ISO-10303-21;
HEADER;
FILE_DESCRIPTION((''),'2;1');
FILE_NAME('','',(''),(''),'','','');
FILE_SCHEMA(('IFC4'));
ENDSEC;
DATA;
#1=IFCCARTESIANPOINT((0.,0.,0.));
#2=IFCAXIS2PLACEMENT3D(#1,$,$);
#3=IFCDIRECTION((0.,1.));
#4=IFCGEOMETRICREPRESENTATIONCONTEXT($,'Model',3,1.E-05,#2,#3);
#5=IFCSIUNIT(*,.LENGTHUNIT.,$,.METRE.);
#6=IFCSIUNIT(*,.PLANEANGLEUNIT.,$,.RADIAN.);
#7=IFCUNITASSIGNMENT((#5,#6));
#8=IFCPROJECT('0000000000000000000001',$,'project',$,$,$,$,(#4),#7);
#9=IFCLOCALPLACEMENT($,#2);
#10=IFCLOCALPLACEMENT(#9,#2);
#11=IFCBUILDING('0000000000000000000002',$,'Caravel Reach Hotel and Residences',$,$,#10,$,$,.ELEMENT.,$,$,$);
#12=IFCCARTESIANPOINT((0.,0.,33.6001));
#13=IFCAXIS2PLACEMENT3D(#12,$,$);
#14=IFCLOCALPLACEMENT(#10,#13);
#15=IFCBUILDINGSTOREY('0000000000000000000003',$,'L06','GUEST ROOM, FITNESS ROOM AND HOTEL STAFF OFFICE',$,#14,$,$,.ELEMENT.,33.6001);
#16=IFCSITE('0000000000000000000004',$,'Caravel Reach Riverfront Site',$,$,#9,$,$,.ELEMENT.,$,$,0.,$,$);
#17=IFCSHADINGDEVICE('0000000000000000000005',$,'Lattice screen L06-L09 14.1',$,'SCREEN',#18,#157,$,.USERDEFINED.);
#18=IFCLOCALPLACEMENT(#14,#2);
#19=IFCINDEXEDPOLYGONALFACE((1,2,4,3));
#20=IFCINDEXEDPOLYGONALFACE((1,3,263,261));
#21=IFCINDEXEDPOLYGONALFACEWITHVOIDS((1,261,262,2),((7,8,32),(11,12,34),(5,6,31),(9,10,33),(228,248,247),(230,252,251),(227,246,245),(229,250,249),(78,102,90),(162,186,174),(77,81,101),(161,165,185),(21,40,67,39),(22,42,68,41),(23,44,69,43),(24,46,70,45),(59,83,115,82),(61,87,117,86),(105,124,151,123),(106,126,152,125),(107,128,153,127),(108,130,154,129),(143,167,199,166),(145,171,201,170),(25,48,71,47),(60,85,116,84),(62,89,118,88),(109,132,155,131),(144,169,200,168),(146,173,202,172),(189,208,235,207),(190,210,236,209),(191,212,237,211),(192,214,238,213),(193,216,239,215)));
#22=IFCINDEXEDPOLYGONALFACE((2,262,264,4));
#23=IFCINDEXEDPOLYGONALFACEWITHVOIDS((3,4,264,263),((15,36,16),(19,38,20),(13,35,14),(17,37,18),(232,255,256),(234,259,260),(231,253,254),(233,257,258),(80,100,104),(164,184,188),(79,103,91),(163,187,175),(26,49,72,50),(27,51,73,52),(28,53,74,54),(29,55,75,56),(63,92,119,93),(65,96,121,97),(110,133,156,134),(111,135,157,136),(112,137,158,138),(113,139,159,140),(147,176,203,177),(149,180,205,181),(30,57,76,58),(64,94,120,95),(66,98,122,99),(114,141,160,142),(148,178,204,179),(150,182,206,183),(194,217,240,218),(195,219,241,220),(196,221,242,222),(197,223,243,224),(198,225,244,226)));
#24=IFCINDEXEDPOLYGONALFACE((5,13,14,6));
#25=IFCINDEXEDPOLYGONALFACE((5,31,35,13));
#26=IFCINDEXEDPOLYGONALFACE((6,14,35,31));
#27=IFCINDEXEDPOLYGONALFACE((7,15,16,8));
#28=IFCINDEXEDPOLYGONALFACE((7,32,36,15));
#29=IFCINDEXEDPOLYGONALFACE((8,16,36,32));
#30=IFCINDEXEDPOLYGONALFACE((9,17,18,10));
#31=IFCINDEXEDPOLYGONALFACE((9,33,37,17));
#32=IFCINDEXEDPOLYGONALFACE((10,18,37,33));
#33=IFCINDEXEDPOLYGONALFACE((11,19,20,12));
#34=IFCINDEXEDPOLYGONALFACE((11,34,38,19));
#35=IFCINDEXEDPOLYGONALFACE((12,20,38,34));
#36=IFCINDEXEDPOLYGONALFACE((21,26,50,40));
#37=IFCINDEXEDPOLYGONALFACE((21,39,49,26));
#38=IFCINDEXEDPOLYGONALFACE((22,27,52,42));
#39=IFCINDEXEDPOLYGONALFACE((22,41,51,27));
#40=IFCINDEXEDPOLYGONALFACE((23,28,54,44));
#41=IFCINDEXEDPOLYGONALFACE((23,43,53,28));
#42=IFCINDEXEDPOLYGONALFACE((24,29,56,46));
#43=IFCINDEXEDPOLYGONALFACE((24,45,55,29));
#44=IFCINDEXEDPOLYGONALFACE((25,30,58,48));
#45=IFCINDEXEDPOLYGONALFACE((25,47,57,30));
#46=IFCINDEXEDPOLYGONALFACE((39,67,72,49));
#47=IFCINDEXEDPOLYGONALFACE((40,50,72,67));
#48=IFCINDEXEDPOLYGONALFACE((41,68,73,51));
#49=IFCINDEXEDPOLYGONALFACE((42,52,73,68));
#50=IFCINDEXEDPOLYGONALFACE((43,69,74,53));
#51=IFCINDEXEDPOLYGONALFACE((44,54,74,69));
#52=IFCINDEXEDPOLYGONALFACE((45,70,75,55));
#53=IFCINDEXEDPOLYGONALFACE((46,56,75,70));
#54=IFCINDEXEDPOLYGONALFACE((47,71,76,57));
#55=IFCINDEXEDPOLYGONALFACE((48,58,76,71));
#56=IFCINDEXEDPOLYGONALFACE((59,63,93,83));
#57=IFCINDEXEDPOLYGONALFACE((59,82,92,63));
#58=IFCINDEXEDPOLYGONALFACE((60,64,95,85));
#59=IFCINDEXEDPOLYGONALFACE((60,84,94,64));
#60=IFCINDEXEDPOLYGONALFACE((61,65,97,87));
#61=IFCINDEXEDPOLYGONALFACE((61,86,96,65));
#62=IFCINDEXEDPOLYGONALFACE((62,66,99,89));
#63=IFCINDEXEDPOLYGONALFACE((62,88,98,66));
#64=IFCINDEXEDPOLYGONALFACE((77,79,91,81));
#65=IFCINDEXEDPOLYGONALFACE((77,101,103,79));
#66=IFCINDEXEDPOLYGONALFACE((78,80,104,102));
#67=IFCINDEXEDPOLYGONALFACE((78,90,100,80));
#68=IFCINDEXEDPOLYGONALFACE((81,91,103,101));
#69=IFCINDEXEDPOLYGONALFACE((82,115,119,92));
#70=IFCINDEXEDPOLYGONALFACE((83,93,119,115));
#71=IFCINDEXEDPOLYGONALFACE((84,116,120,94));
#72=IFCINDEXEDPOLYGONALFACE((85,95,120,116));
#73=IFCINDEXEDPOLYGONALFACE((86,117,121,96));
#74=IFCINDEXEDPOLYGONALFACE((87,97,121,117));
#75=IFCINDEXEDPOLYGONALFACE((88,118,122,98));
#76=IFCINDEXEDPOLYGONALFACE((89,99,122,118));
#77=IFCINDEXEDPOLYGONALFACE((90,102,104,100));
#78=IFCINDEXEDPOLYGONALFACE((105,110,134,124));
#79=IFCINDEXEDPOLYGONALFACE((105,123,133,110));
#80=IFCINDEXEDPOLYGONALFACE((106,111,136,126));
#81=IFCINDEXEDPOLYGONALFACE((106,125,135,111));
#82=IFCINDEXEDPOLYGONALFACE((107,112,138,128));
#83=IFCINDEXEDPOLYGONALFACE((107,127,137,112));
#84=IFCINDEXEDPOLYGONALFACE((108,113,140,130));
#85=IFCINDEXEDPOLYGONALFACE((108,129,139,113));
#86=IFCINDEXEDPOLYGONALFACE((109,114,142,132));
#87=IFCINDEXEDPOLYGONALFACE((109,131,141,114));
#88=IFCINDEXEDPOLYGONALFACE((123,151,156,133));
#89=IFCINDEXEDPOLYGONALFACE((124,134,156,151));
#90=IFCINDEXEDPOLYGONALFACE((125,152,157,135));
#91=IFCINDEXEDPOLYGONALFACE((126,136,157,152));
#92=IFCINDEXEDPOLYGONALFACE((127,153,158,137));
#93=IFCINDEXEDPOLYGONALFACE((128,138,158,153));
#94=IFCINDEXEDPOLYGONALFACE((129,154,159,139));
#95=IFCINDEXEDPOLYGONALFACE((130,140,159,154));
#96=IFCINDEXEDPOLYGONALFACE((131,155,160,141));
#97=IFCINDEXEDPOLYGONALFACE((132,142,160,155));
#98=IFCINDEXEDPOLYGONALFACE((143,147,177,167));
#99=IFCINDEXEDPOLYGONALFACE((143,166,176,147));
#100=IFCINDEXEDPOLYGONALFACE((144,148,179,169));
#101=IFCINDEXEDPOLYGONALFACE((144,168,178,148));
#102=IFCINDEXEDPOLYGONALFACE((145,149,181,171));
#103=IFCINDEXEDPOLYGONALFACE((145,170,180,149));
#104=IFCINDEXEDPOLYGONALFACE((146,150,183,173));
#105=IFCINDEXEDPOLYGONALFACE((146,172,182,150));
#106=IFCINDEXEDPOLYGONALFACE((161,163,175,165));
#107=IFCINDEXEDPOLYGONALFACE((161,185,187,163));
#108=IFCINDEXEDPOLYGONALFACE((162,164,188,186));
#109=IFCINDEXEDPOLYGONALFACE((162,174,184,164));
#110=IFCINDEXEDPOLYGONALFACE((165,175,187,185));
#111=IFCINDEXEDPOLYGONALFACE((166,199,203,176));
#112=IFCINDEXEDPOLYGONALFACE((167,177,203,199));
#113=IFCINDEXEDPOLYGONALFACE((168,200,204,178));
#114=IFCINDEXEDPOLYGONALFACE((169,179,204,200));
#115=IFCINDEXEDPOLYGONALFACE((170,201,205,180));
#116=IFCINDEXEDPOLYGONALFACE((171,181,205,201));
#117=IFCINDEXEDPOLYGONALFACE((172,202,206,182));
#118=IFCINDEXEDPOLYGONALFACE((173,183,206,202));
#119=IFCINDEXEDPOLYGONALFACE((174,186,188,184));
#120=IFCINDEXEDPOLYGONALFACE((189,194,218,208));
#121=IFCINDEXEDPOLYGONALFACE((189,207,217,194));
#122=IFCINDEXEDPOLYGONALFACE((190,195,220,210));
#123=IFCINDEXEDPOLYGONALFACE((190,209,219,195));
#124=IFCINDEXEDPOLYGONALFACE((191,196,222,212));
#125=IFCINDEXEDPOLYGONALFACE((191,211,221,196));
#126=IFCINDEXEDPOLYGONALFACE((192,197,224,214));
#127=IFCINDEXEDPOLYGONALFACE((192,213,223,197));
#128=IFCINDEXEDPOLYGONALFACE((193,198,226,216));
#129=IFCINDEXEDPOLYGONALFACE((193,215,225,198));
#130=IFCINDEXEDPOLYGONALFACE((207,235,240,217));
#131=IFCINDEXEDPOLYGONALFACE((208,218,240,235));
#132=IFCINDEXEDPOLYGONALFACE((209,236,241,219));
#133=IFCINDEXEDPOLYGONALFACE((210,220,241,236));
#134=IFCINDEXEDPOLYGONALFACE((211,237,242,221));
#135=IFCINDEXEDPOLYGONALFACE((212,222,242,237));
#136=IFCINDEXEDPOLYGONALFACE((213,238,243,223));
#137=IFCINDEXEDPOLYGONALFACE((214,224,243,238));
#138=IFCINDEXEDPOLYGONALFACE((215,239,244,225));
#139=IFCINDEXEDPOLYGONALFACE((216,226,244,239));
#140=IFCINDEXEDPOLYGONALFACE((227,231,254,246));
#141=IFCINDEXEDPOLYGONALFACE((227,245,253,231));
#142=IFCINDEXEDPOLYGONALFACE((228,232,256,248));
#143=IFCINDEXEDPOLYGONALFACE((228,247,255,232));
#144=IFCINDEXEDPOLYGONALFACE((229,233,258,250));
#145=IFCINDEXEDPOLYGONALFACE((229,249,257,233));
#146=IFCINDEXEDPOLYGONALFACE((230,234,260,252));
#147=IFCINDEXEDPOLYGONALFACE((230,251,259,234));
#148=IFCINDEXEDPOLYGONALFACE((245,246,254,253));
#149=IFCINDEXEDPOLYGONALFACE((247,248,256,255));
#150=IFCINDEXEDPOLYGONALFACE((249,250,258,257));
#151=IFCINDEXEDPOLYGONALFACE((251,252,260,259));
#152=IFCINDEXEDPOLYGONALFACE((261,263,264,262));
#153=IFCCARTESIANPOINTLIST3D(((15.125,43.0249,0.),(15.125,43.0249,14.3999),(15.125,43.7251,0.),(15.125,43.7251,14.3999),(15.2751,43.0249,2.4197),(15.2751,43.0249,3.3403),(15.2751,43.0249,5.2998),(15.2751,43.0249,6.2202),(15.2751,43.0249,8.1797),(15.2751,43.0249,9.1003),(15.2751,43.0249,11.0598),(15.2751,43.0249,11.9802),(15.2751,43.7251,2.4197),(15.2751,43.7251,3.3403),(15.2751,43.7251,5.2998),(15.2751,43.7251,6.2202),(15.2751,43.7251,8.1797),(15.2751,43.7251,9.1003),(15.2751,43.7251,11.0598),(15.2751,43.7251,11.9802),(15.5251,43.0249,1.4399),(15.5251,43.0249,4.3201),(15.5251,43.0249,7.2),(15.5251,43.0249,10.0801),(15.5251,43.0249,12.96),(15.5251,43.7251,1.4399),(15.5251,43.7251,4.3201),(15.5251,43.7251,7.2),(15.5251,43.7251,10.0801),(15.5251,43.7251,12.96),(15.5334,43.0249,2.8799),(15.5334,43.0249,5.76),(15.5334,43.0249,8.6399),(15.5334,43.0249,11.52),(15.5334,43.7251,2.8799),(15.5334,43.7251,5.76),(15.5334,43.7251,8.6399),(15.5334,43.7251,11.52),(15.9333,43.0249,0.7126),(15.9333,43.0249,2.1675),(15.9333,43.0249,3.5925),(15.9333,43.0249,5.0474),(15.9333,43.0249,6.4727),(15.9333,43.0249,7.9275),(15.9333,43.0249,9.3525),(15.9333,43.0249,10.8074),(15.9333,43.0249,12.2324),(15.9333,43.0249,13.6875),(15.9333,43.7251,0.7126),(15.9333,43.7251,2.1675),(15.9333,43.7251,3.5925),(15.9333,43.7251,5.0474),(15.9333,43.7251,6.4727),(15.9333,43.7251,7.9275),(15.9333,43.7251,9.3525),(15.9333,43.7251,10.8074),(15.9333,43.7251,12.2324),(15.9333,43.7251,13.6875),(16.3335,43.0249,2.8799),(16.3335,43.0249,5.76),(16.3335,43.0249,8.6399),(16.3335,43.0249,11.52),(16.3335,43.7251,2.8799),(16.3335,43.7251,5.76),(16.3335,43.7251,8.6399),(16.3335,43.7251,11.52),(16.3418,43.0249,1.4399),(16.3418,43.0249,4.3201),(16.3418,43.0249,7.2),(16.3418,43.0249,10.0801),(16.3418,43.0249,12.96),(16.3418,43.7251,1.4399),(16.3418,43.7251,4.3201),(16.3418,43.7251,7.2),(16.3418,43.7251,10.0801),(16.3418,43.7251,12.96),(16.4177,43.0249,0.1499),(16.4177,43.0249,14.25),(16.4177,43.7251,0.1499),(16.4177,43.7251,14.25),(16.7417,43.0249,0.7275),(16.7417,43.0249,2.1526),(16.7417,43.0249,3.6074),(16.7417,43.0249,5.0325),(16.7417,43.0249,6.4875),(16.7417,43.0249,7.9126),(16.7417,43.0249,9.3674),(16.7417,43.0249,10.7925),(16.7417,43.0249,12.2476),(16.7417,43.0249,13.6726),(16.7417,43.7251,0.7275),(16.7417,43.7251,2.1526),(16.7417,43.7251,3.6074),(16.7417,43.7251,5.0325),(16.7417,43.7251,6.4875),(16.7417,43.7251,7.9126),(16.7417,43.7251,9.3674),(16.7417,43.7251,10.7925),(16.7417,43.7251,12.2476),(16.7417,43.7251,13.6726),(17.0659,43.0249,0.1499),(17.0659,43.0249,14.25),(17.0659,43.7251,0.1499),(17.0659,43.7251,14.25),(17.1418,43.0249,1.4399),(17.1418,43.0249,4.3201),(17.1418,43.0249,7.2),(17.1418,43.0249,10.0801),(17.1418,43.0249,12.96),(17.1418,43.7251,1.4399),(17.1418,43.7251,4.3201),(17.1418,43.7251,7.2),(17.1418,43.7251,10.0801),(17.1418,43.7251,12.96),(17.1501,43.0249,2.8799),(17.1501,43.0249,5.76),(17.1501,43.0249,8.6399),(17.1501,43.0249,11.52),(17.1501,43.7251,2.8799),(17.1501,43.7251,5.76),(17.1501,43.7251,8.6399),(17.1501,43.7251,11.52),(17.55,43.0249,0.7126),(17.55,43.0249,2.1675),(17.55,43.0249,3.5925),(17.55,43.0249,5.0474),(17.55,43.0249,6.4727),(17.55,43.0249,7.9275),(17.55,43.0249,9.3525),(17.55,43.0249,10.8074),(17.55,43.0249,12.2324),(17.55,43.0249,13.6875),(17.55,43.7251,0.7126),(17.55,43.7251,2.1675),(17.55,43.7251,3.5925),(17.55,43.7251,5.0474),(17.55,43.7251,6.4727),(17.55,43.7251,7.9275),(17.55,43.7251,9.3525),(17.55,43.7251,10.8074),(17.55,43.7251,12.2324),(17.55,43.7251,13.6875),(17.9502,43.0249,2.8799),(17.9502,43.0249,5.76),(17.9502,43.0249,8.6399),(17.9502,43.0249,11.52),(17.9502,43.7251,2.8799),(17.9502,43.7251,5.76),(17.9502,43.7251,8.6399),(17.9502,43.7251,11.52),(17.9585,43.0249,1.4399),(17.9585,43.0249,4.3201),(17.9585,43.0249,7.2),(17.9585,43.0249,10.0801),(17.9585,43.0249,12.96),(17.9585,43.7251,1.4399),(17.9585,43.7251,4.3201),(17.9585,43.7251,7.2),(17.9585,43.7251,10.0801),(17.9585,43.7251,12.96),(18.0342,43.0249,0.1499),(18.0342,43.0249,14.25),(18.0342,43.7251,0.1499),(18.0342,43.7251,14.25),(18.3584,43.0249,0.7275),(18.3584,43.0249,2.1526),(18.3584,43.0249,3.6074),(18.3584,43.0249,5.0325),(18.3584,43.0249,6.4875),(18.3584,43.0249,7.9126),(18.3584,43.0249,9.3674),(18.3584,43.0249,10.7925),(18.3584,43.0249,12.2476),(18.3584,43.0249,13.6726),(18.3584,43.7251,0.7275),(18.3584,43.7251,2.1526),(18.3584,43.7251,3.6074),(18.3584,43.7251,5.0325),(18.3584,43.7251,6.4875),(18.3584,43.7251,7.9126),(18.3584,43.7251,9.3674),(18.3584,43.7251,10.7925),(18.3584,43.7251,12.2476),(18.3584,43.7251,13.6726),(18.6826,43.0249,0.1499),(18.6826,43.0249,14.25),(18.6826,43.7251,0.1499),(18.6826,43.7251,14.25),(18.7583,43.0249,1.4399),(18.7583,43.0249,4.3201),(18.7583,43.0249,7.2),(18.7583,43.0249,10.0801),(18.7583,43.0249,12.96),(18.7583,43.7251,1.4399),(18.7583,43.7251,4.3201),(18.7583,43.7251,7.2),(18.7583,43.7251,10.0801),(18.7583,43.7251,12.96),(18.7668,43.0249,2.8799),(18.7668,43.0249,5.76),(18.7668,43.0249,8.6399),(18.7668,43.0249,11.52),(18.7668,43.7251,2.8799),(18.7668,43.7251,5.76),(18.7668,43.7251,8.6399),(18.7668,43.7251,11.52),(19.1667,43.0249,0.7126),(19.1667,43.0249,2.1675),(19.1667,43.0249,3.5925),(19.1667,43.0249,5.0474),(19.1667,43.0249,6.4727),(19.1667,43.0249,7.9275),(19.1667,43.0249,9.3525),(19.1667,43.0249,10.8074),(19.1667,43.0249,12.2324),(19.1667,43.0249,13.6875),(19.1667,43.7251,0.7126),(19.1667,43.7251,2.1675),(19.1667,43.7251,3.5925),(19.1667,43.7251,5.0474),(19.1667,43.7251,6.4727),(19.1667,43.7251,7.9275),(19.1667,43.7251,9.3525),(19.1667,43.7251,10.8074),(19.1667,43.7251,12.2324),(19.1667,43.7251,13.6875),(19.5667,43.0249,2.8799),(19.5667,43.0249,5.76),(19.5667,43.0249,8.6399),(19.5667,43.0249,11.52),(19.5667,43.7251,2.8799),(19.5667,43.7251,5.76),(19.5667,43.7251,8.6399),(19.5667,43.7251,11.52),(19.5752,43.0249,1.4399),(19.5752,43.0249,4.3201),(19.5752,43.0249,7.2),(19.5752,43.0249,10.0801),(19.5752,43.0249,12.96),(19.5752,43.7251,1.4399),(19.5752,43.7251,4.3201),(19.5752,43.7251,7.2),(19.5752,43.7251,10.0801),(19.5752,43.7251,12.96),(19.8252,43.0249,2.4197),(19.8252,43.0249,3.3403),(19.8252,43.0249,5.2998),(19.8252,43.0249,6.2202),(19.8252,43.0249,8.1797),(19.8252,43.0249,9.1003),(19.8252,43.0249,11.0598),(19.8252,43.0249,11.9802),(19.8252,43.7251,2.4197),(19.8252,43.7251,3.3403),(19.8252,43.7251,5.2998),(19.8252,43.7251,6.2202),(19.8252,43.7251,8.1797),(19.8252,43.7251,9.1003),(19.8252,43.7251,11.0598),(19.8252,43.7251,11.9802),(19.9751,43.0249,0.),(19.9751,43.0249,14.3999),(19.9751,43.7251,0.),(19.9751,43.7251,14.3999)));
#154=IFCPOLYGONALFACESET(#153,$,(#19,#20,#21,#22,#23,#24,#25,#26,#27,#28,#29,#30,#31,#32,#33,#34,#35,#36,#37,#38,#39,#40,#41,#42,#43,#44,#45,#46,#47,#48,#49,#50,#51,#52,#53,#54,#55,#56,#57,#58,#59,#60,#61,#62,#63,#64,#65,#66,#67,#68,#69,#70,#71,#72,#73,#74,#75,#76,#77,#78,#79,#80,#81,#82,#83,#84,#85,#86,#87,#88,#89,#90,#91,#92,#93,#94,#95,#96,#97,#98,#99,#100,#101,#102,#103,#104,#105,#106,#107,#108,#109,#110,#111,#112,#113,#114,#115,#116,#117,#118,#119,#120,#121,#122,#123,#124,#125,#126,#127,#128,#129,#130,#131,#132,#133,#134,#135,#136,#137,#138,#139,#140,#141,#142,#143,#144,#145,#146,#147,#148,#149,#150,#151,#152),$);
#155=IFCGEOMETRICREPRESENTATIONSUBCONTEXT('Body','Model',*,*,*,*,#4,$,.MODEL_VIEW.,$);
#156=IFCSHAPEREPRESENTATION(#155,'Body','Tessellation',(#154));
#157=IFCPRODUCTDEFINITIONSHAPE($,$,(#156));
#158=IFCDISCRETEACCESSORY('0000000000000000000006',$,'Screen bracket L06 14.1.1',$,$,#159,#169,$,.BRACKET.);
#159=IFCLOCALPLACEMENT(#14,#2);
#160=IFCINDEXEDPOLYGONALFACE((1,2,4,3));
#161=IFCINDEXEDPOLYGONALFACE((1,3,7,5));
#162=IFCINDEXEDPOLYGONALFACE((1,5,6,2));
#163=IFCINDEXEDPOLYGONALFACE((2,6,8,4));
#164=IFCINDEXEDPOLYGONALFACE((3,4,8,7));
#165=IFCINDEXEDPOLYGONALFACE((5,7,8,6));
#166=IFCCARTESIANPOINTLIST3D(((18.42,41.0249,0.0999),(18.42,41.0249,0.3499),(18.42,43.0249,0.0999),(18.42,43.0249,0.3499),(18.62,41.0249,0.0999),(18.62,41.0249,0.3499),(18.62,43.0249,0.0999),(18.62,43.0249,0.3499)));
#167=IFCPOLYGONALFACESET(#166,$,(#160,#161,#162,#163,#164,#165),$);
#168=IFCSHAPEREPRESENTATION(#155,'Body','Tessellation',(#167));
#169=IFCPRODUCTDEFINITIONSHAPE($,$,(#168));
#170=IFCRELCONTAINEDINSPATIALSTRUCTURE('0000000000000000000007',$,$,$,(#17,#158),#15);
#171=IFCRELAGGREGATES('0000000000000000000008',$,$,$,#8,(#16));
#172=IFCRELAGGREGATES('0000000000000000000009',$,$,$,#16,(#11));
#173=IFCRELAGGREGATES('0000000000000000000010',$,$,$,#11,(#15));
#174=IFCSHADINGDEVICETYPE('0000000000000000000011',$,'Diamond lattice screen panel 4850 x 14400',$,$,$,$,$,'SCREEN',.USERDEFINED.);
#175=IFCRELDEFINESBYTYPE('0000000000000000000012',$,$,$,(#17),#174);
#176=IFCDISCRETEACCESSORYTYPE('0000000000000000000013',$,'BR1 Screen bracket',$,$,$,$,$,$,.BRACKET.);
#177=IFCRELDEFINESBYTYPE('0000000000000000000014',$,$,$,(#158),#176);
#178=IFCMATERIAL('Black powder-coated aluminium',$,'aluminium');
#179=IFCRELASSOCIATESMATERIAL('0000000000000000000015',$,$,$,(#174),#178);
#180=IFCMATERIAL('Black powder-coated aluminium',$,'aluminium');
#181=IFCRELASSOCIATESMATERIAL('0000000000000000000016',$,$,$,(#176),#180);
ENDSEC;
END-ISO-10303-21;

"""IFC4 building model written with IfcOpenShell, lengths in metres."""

from ifc_helpers import new_model, si_unit, direction, frame, origin, origin_2d, place, context, subcontext, project, spatial, polyline, rectangle, outline, extrude, material, type_object, element, save


model = new_model("IFC4")

# Units and contexts
model_context = context("Model", 3, precision=1e-05, world=origin(), true_north=direction((0.0, 1.0)))
body_context = subcontext(model_context, "Body", "Model", "MODEL_VIEW")
ifc_project = project(units=[si_unit("LENGTHUNIT", "METRE"), si_unit("PLANEANGLEUNIT", "RADIAN")], contexts=[model_context])

# Site, building, storey
site_placement = place(None, origin())
site = spatial("IfcSite", under=ifc_project, at=site_placement, Name="Caravel Reach Riverfront Site", CompositionType="ELEMENT", RefElevation=0.0)
building_placement = place(site_placement, origin())
building = spatial("IfcBuilding", under=site, at=building_placement, Name="Caravel Reach Hotel and Residences", CompositionType="ELEMENT")
storey_placement = place(building_placement, frame((0.0, 0.0, 33.6001)))
storey = spatial("IfcBuildingStorey", under=building, at=storey_placement, Name="L06", Description="GUEST ROOM, FITNESS ROOM AND HOTEL STAFF OFFICE", CompositionType="ELEMENT", Elevation=33.6001)

# Shading device
ifc_material_1 = material(Name="Black powder-coated aluminium", Category="aluminium")
shading_device_type_1 = type_object("IfcShadingDeviceType", Name="Diamond lattice screen panel 4850 x 14400", ElementType="SCREEN", PredefinedType="USERDEFINED", material=ifc_material_1)
shading_device_1_placement = place(storey_placement, frame((19.9751, 43.0249, 0.0), z_axis=(0.0, 1.0, 0.0), x_axis=(-1.0, 0.0, 0.0)))
element("IfcShadingDevice", 1, at=shading_device_1_placement, inside=storey, type_object=shading_device_type_1, Name="Lattice screen L06-L09 14.1", ObjectType="SCREEN", PredefinedType="USERDEFINED", context=body_context, shape_type="SweptSolid", body=[
    extrude(outline(polyline([(0.0, 0.0), (4.8501, 0.0), (4.8501, 14.3999), (0.0, 14.3999), (0.0, 0.0)]), holes=[polyline([(0.4084, 2.8799), (0.1499, 3.3403), (0.1499, 2.4197), (0.4084, 2.8799)]), polyline([(0.4084, 5.76), (0.1499, 6.2202), (0.1499, 5.2998), (0.4084, 5.76)]), polyline([(0.4084, 8.6399), (0.1499, 9.1003), (0.1499, 8.1797), (0.4084, 8.6399)]), polyline([(0.4084, 11.52), (0.1499, 11.9802), (0.1499, 11.0598), (0.4084, 11.52)]), polyline([(0.8083, 2.1675), (0.3999, 1.4399), (0.8083, 0.7126), (1.2168, 1.4399), (0.8083, 2.1675)]), polyline([(0.8083, 5.0474), (0.3999, 4.3201), (0.8083, 3.5925), (1.2168, 4.3201), (0.8083, 5.0474)]), polyline([(0.8083, 7.9275), (0.3999, 7.2), (0.8083, 6.4727), (1.2168, 7.2), (0.8083, 7.9275)]), polyline([(0.8083, 10.8074), (0.3999, 10.0801), (0.8083, 9.3525), (1.2168, 10.0801), (0.8083, 10.8074)]), polyline([(0.8083, 13.6875), (0.3999, 12.96), (0.8083, 12.2324), (1.2168, 12.96), (0.8083, 13.6875)]), polyline([(1.6167, 0.7275), (1.2925, 0.1499), (1.9409, 0.1499), (1.6167, 0.7275)]), polyline([(1.6167, 3.6074), (1.2083, 2.8799), (1.6167, 2.1526), (2.0249, 2.8799), (1.6167, 3.6074)]), polyline([(1.6167, 6.4875), (1.2083, 5.76), (1.6167, 5.0325), (2.0249, 5.76), (1.6167, 6.4875)]), polyline([(1.6167, 9.3674), (1.2083, 8.6399), (1.6167, 7.9126), (2.0249, 8.6399), (1.6167, 9.3674)]), polyline([(1.6167, 12.2476), (1.2083, 11.52), (1.6167, 10.7925), (2.0249, 11.52), (1.6167, 12.2476)]), polyline([(1.6167, 13.6726), (1.9409, 14.25), (1.2925, 14.25), (1.6167, 13.6726)]), polyline([(2.425, 2.1675), (2.0166, 1.4399), (2.425, 0.7126), (2.8333, 1.4399), (2.425, 2.1675)]), polyline([(2.425, 5.0474), (2.0166, 4.3201), (2.425, 3.5925), (2.8333, 4.3201), (2.425, 5.0474)]), polyline([(2.425, 7.9275), (2.0166, 7.2), (2.425, 6.4727), (2.8333, 7.2), (2.425, 7.9275)]), polyline([(2.425, 10.8074), (2.0166, 10.0801), (2.425, 9.3525), (2.8333, 10.0801), (2.425, 10.8074)]), polyline([(2.425, 13.6875), (2.0166, 12.96), (2.425, 12.2324), (2.8333, 12.96), (2.425, 13.6875)]), polyline([(3.2334, 0.7275), (2.9092, 0.1499), (3.5574, 0.1499), (3.2334, 0.7275)]), polyline([(3.2334, 3.6074), (2.825, 2.8799), (3.2334, 2.1526), (3.6416, 2.8799), (3.2334, 3.6074)]), polyline([(3.2334, 6.4875), (2.825, 5.76), (3.2334, 5.0325), (3.6416, 5.76), (3.2334, 6.4875)]), polyline([(3.2334, 9.3674), (2.825, 8.6399), (3.2334, 7.9126), (3.6416, 8.6399), (3.2334, 9.3674)]), polyline([(3.2334, 12.2476), (2.825, 11.52), (3.2334, 10.7925), (3.6416, 11.52), (3.2334, 12.2476)]), polyline([(3.2334, 13.6726), (3.5574, 14.25), (2.9092, 14.25), (3.2334, 13.6726)]), polyline([(4.0417, 2.1675), (3.6333, 1.4399), (4.0417, 0.7126), (4.45, 1.4399), (4.0417, 2.1675)]), polyline([(4.0417, 5.0474), (3.6333, 4.3201), (4.0417, 3.5925), (4.45, 4.3201), (4.0417, 5.0474)]), polyline([(4.0417, 7.9275), (3.6333, 7.2), (4.0417, 6.4727), (4.45, 7.2), (4.0417, 7.9275)]), polyline([(4.0417, 10.8074), (3.6333, 10.0801), (4.0417, 9.3525), (4.45, 10.0801), (4.0417, 10.8074)]), polyline([(4.0417, 13.6875), (3.6333, 12.96), (4.0417, 12.2324), (4.45, 12.96), (4.0417, 13.6875)]), polyline([(4.4417, 2.8799), (4.7, 2.4197), (4.7, 3.3403), (4.4417, 2.8799)]), polyline([(4.4417, 5.76), (4.7, 5.2998), (4.7, 6.2202), (4.4417, 5.76)]), polyline([(4.4417, 8.6399), (4.7, 8.1797), (4.7, 9.1003), (4.4417, 8.6399)]), polyline([(4.4417, 11.52), (4.7, 11.0598), (4.7, 11.9802), (4.4417, 11.52)])]), origin(), (0.0, 0.0, 1.0), 0.7002),
])

# Discrete accessory
ifc_material_2 = material(Name="Black powder-coated aluminium", Category="aluminium")
discrete_accessory_type = type_object("IfcDiscreteAccessoryType", Name="BR1 Screen bracket", PredefinedType="BRACKET", material=ifc_material_2)
discrete_accessory_1_placement = place(storey_placement, frame((18.52, 42.0249, 0.0999), z_axis=(0.0, 0.0, 1.0), x_axis=(0.0, 1.0, 0.0)))
element("IfcDiscreteAccessory", 2, at=discrete_accessory_1_placement, inside=storey, type_object=discrete_accessory_type, Name="Screen bracket L06 14.1.1", PredefinedType="BRACKET", context=body_context, shape_type="SweptSolid", body=[
    extrude(rectangle(XDim=2.0, YDim=0.2, at=origin_2d()), origin(), (0.0, 0.0, 1.0), 0.25),
])

save(model, "model.ifc")
